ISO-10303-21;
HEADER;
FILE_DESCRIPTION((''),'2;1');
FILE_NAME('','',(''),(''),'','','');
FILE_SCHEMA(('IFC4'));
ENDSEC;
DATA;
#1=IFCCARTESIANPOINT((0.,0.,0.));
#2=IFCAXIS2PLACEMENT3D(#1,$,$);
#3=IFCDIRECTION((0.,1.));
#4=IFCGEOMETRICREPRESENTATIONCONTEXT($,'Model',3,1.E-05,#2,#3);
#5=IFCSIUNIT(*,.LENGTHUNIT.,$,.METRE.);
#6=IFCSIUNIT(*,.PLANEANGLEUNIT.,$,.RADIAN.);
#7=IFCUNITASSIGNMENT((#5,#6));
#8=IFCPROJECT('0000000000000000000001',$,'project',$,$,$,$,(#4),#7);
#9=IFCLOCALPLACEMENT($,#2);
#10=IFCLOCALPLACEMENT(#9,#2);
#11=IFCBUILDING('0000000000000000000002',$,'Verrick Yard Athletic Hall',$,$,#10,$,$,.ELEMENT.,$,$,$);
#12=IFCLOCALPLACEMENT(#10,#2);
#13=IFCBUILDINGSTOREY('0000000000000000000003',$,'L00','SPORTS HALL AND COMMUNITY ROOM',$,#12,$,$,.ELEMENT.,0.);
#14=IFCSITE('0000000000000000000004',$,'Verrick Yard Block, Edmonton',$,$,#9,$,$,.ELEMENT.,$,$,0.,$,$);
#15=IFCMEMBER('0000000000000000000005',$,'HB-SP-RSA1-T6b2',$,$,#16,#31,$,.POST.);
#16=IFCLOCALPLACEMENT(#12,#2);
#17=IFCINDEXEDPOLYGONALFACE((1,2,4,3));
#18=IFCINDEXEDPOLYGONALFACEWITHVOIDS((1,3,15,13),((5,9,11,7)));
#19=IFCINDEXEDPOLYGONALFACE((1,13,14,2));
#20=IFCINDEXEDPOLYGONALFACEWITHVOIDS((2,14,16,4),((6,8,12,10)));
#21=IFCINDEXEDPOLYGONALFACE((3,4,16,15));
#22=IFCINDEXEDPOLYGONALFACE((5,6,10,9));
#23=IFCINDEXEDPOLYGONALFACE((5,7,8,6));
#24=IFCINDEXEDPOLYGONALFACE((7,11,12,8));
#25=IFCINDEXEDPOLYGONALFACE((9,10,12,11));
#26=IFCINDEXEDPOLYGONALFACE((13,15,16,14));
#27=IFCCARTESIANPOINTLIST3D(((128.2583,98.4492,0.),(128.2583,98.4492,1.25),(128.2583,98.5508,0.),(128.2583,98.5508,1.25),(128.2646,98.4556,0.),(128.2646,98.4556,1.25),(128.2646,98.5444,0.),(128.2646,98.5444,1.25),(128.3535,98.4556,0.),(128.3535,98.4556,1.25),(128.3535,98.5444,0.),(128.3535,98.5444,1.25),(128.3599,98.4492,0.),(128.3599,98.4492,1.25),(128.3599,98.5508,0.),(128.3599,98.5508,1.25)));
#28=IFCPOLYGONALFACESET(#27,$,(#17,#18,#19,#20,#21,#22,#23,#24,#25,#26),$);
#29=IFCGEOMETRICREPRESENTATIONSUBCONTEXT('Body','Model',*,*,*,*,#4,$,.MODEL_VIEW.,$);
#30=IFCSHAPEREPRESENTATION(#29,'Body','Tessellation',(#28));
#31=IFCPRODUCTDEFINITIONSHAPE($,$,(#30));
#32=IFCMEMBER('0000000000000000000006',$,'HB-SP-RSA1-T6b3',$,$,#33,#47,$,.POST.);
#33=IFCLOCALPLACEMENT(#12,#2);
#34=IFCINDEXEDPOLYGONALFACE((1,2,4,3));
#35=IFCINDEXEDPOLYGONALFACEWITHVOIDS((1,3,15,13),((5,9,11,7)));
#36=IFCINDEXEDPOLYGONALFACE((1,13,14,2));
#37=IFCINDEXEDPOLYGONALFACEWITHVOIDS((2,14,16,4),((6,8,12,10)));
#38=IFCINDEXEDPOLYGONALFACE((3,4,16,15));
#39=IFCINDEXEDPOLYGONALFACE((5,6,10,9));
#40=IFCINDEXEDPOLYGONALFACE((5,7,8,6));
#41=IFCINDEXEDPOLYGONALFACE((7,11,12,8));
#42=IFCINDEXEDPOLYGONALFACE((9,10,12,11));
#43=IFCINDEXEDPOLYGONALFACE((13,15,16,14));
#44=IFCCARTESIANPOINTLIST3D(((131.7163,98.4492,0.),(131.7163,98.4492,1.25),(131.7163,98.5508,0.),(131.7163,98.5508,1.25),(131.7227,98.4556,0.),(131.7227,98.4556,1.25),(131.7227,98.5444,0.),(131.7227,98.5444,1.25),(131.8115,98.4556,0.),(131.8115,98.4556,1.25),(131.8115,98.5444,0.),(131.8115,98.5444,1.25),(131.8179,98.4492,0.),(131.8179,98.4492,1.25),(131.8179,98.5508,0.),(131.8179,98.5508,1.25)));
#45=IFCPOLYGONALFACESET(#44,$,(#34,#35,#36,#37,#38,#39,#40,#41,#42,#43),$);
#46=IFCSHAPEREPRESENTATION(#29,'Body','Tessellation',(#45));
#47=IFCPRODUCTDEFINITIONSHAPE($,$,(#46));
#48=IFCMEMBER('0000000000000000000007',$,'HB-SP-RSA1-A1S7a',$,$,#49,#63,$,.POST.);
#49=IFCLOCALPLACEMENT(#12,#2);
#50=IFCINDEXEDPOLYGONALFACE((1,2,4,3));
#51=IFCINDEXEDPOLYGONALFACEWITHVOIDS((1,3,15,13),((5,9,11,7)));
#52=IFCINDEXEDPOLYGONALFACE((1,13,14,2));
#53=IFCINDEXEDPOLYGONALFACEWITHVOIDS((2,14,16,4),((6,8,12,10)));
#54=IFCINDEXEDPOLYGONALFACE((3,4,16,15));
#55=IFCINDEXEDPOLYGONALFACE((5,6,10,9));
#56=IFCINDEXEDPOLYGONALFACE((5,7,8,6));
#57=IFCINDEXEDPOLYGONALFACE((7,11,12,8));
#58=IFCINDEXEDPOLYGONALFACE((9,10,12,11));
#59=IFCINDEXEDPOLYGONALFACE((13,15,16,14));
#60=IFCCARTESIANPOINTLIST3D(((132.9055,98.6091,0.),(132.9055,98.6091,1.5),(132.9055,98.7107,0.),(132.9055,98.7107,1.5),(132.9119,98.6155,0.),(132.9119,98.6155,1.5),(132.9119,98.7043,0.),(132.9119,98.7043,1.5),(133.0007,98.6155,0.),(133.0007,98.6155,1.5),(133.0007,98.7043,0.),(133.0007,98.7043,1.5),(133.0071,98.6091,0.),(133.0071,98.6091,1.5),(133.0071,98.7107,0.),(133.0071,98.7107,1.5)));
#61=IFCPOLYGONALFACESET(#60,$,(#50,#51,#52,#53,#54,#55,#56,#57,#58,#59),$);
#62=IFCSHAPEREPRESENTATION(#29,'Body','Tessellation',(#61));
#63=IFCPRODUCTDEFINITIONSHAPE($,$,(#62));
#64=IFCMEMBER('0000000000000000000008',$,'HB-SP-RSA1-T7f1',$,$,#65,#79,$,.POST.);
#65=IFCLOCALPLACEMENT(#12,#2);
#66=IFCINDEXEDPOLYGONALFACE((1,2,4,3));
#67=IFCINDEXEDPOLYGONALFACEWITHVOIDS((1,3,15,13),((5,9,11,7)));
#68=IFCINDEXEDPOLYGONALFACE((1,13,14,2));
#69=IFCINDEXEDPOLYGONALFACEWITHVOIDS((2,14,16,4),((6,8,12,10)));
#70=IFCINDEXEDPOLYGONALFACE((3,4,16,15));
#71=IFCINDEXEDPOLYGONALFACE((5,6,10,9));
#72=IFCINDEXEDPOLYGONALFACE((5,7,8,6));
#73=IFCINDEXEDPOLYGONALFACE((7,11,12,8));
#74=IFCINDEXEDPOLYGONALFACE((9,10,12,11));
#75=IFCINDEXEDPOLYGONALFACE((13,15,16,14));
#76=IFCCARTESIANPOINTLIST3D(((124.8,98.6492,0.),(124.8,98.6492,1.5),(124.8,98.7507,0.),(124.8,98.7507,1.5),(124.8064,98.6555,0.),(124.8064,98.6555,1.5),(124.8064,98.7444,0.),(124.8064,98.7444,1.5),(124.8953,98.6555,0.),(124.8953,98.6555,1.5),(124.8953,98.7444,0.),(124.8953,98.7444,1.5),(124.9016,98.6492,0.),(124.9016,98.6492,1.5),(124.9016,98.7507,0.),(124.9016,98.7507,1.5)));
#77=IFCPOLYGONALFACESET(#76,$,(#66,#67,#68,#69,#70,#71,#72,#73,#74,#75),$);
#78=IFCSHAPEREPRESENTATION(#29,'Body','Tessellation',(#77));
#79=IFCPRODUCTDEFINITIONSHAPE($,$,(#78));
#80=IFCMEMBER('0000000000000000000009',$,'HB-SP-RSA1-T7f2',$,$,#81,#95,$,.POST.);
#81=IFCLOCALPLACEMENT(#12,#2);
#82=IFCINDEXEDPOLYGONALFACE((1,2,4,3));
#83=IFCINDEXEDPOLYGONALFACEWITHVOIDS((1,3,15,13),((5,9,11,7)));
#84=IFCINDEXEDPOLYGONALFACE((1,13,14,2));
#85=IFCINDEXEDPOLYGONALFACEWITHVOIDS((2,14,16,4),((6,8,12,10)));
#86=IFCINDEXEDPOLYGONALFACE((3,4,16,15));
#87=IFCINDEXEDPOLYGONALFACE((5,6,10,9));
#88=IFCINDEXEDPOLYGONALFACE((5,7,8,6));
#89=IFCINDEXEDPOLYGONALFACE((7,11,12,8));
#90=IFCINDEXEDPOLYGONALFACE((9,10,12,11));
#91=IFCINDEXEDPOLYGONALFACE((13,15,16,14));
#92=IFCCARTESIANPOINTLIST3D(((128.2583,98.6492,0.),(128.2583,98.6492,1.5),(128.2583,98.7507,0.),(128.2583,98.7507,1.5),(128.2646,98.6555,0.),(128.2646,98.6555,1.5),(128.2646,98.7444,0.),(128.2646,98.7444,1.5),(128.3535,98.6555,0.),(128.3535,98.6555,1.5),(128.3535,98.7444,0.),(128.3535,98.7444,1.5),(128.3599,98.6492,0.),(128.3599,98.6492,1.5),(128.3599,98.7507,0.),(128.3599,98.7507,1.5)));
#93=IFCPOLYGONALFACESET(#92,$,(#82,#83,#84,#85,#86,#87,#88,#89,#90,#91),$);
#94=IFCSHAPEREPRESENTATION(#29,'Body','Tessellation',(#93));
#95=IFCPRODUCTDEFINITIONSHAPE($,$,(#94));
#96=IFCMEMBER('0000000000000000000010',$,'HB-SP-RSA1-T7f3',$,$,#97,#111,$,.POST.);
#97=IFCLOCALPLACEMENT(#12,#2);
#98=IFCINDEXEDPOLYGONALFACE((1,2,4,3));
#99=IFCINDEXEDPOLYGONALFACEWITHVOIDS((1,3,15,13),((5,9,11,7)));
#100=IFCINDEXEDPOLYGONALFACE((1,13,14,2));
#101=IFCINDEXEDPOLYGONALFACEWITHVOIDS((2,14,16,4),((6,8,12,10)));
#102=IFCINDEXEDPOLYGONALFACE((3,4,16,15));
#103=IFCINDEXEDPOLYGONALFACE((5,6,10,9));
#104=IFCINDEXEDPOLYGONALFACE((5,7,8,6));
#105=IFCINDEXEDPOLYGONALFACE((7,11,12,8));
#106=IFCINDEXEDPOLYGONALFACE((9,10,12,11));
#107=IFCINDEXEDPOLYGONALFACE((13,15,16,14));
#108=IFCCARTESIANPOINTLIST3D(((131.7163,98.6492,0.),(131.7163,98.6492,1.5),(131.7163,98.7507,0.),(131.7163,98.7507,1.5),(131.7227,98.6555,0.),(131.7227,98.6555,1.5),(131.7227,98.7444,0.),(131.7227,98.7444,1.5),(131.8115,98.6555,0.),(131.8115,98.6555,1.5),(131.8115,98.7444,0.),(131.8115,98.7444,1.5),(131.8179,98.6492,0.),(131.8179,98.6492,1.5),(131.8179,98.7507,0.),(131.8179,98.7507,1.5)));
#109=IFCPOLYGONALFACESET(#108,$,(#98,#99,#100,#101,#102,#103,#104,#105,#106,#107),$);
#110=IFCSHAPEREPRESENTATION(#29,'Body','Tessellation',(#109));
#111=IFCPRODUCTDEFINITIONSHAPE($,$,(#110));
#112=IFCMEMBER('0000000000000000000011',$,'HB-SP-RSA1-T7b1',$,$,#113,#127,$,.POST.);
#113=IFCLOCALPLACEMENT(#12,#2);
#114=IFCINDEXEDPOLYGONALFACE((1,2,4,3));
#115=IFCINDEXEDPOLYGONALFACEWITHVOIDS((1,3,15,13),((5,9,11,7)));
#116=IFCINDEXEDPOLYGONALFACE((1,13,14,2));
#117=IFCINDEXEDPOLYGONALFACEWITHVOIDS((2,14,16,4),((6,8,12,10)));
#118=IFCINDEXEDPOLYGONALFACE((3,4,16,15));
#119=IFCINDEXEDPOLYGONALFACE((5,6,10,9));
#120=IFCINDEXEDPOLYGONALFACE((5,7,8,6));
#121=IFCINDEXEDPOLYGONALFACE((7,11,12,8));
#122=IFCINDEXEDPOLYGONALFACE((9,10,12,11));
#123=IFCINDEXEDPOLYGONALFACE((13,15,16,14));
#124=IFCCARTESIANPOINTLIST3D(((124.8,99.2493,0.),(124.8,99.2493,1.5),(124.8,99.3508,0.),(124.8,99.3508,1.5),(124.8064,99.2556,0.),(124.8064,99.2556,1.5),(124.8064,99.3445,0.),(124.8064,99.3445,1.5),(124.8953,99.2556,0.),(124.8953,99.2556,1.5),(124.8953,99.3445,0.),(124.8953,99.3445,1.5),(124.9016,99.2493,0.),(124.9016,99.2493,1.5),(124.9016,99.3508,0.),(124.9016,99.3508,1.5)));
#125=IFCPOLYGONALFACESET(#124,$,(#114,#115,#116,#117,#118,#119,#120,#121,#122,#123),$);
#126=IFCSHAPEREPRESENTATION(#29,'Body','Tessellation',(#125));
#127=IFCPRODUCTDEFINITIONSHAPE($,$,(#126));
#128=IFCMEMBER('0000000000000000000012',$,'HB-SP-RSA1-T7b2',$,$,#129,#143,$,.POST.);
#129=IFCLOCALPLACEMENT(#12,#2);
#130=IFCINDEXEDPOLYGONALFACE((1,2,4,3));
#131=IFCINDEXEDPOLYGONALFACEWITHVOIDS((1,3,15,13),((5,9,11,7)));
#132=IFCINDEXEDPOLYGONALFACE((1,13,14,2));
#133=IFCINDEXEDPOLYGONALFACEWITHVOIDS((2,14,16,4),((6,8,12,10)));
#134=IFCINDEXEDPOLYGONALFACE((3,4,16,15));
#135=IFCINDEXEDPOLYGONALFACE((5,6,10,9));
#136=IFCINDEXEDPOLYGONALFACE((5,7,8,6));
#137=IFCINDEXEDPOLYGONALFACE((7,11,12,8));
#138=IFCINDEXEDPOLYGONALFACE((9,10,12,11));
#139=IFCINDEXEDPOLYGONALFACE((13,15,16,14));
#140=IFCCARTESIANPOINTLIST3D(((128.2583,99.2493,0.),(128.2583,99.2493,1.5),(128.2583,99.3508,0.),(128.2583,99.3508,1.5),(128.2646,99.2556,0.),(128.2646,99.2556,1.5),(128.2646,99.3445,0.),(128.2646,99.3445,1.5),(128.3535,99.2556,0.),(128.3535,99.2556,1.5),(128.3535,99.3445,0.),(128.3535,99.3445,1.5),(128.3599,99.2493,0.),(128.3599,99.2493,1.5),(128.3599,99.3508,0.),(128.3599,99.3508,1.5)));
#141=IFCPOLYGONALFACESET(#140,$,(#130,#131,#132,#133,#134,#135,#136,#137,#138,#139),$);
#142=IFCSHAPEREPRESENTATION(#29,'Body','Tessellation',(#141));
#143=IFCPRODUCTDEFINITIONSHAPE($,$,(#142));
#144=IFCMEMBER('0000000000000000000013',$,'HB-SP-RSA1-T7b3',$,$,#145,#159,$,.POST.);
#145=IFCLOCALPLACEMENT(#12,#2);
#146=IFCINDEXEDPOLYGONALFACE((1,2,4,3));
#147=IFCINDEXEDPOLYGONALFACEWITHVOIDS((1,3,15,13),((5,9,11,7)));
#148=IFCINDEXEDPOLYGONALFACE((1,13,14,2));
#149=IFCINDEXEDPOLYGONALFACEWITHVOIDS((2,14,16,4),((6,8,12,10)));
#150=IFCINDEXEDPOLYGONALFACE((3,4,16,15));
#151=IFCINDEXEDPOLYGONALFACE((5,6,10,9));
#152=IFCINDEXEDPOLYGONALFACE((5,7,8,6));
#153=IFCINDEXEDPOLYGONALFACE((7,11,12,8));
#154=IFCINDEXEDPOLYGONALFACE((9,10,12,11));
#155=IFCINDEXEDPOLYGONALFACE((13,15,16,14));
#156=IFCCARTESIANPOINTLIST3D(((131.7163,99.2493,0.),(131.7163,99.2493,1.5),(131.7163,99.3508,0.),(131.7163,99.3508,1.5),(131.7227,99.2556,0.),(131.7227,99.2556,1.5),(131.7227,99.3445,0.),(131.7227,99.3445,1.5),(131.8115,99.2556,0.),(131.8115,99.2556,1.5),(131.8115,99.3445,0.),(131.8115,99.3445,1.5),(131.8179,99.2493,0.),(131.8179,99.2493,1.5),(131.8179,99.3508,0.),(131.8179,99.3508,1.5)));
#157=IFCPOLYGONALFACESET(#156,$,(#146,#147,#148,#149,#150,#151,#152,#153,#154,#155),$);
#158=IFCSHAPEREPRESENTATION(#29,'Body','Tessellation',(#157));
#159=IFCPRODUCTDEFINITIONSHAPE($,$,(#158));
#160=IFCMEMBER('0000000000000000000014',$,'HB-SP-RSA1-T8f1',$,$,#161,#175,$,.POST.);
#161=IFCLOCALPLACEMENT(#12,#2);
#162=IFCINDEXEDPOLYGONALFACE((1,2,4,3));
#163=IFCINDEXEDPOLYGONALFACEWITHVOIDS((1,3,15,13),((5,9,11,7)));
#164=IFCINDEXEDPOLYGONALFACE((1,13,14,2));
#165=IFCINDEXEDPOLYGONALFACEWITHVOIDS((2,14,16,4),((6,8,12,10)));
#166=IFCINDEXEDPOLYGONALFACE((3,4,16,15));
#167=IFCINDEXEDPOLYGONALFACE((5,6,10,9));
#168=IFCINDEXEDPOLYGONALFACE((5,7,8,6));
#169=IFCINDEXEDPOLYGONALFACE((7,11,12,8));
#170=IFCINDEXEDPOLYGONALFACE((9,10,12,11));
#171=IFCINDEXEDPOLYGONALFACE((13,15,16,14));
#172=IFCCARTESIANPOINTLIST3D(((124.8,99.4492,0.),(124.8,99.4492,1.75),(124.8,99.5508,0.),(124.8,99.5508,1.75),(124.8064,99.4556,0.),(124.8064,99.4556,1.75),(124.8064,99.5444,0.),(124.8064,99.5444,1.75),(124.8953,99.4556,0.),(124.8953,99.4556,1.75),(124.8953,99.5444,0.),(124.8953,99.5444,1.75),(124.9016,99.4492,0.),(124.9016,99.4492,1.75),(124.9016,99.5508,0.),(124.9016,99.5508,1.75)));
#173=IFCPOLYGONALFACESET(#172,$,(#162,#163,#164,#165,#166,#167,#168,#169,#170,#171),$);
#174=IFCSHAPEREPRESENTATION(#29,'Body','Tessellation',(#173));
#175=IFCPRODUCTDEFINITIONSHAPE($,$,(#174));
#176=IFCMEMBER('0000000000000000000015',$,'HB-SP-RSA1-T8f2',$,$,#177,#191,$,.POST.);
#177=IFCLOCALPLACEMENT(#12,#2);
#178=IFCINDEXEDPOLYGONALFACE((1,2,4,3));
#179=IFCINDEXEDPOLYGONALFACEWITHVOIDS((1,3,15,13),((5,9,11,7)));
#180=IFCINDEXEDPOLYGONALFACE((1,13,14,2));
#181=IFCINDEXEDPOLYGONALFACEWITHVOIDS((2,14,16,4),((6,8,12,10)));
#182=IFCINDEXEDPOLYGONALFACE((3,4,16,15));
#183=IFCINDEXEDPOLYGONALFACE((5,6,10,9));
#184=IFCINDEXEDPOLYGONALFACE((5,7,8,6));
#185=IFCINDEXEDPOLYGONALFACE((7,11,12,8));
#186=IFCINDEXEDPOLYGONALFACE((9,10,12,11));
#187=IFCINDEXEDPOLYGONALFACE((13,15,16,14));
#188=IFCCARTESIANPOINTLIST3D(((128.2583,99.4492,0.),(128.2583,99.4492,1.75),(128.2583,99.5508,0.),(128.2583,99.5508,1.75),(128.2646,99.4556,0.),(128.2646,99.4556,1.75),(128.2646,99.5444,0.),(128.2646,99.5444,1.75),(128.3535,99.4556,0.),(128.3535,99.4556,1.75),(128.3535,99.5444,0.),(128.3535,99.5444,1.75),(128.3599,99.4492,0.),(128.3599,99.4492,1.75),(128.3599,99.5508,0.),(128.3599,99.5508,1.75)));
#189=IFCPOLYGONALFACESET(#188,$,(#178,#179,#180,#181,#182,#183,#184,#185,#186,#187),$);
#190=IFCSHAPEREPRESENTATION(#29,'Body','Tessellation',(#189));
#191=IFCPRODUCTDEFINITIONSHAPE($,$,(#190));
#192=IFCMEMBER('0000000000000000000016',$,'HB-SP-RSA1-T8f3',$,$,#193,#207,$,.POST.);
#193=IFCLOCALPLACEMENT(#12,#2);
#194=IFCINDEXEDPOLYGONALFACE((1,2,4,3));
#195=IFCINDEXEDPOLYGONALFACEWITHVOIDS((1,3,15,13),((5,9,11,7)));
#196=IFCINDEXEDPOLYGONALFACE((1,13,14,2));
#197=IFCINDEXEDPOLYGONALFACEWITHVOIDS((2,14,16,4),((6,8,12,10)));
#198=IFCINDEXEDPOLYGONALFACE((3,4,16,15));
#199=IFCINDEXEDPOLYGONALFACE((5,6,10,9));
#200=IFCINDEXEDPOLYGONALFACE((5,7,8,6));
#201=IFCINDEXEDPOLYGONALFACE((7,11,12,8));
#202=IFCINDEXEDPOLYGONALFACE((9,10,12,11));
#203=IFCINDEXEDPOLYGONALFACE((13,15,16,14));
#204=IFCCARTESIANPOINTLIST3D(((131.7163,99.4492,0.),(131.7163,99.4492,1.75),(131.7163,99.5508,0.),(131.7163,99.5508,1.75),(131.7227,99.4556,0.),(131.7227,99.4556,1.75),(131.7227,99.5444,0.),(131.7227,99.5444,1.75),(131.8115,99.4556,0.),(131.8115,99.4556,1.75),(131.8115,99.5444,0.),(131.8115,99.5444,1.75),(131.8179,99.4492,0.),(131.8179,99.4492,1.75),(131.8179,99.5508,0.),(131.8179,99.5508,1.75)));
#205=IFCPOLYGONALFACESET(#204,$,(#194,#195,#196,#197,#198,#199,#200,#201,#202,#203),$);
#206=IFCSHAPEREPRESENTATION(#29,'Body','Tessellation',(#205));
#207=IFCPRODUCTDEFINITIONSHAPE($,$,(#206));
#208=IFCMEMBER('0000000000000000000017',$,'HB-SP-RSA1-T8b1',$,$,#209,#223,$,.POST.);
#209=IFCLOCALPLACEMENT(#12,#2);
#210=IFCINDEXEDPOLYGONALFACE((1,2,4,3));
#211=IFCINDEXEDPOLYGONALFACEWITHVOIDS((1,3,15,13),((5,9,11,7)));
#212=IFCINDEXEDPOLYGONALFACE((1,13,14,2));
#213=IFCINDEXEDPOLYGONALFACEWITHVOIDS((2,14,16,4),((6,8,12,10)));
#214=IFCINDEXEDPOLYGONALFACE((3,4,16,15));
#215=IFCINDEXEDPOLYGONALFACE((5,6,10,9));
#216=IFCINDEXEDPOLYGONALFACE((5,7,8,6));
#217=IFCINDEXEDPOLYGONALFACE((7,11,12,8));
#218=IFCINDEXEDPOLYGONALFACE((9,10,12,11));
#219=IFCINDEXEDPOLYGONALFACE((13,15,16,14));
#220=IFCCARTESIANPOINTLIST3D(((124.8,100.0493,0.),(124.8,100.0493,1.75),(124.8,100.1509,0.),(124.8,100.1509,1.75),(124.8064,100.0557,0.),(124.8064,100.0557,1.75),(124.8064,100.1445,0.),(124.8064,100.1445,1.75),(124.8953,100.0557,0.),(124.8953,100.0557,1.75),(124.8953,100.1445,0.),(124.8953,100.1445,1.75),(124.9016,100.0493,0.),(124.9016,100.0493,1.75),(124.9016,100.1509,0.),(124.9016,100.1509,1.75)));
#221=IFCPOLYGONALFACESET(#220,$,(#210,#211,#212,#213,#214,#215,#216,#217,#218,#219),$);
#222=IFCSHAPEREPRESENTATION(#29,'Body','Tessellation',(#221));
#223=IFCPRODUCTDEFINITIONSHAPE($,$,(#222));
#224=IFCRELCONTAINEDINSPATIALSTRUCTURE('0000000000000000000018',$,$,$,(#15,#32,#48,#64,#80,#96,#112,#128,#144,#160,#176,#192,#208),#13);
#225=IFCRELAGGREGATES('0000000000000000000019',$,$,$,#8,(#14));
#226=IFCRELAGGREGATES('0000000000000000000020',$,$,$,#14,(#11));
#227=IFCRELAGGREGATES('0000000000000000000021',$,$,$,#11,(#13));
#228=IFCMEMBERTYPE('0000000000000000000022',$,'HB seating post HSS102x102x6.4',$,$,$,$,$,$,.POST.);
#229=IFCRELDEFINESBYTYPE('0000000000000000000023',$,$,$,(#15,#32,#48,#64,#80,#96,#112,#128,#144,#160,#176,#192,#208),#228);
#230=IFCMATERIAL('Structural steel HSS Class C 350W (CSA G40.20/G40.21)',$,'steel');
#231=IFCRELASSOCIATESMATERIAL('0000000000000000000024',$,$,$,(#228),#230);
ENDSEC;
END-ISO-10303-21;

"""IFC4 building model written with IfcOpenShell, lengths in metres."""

from ifc_helpers import new_model, si_unit, direction, frame, origin, origin_2d, place, context, subcontext, project, spatial, hollow_rectangle, extrude, material, material_profile, profile_set, type_object, element, save


model = new_model("IFC4")

# Units and contexts
model_context = context("Model", 3, precision=1e-05, world=origin(), true_north=direction((0.0, 1.0)))
body_context = subcontext(model_context, "Body", "Model", "MODEL_VIEW")
ifc_project = project(units=[si_unit("LENGTHUNIT", "METRE"), si_unit("PLANEANGLEUNIT", "RADIAN")], contexts=[model_context])

# Site, building, storey
site_placement = place(None, origin())
site = spatial("IfcSite", under=ifc_project, at=site_placement, Name="Verrick Yard Block, Edmonton", CompositionType="ELEMENT", RefElevation=0.0)
building_placement = place(site_placement, origin())
building = spatial("IfcBuilding", under=site, at=building_placement, Name="Verrick Yard Athletic Hall", CompositionType="ELEMENT")
storey_placement = place(building_placement, origin())
storey = spatial("IfcBuildingStorey", under=building, at=storey_placement, Name="L00", Description="SPORTS HALL AND COMMUNITY ROOM", CompositionType="ELEMENT", Elevation=0.0)

# Members
ifc_material_1 = material(Name="Structural steel HSS Class C 350W (CSA G40.20/G40.21)", Category="steel")
ifc_material_profile_1 = material_profile(ifc_material_1, hollow_rectangle(XDim=0.1016, YDim=0.1016, WallThickness=0.0063, at=origin_2d()), Name="HSS102x102x6.4")
ifc_profile_set_1 = profile_set([ifc_material_profile_1], Name="Structural steel HSS Class C 350W (CSA G40.20/G40.21)")
member_type_1 = type_object("IfcMemberType", Name="HB seating post HSS102x102x6.4", PredefinedType="POST", material=ifc_profile_set_1)
for number, where, z_axis, x_axis, name in (
    (1, (128.3091, 98.5, 0.0), (0.0, 0.0, 1.0), (0.0, 1.0, 0.0), "HB-SP-RSA1-T6b2"),
    (2, (131.7671, 98.5, 0.0), (0.0, 0.0, 1.0), (0.0, 1.0, 0.0), "HB-SP-RSA1-T6b3"),
):
    element("IfcMember", number, at=place(storey_placement, frame(where, z_axis=z_axis, x_axis=x_axis)), inside=storey, type_object=member_type_1, Name=name, PredefinedType="POST", context=body_context, shape_type="SweptSolid", body=[
        extrude(hollow_rectangle(XDim=0.1016, YDim=0.1016, WallThickness=0.0063, at=origin_2d()), origin(), (0.0, 0.0, 1.0), 1.25),
    ])
for number, where, z_axis, x_axis, name in (
    (3, (132.9563, 98.6599, 0.0), (0.0, 0.0, 1.0), (0.0, 1.0, 0.0), "HB-SP-RSA1-A1S7a"),
    (4, (124.8508, 98.7, 0.0), (0.0, 0.0, 1.0), (0.0, 1.0, 0.0), "HB-SP-RSA1-T7f1"),
    (5, (128.3091, 98.7, 0.0), (0.0, 0.0, 1.0), (0.0, 1.0, 0.0), "HB-SP-RSA1-T7f2"),
    (6, (131.7671, 98.7, 0.0), (0.0, 0.0, 1.0), (0.0, 1.0, 0.0), "HB-SP-RSA1-T7f3"),
    (7, (124.8508, 99.3, 0.0), (0.0, 0.0, 1.0), (0.0, 1.0, 0.0), "HB-SP-RSA1-T7b1"),
    (8, (128.3091, 99.3, 0.0), (0.0, 0.0, 1.0), (0.0, 1.0, 0.0), "HB-SP-RSA1-T7b2"),
    (9, (131.7671, 99.3, 0.0), (0.0, 0.0, 1.0), (0.0, 1.0, 0.0), "HB-SP-RSA1-T7b3"),
):
    element("IfcMember", number, at=place(storey_placement, frame(where, z_axis=z_axis, x_axis=x_axis)), inside=storey, type_object=member_type_1, Name=name, PredefinedType="POST", context=body_context, shape_type="SweptSolid", body=[
        extrude(hollow_rectangle(XDim=0.1016, YDim=0.1016, WallThickness=0.0063, at=origin_2d()), origin(), (0.0, 0.0, 1.0), 1.5),
    ])
for number, where, z_axis, x_axis, name in (
    (10, (124.8508, 99.5, 0.0), (0.0, 0.0, 1.0), (0.0, 1.0, 0.0), "HB-SP-RSA1-T8f1"),
    (11, (128.3091, 99.5, 0.0), (0.0, 0.0, 1.0), (0.0, 1.0, 0.0), "HB-SP-RSA1-T8f2"),
    (12, (131.7671, 99.5, 0.0), (0.0, 0.0, 1.0), (0.0, 1.0, 0.0), "HB-SP-RSA1-T8f3"),
    (13, (124.8508, 100.1001, 0.0), (0.0, 0.0, 1.0), (0.0, 1.0, 0.0), "HB-SP-RSA1-T8b1"),
):
    element("IfcMember", number, at=place(storey_placement, frame(where, z_axis=z_axis, x_axis=x_axis)), inside=storey, type_object=member_type_1, Name=name, PredefinedType="POST", context=body_context, shape_type="SweptSolid", body=[
        extrude(hollow_rectangle(XDim=0.1016, YDim=0.1016, WallThickness=0.0063, at=origin_2d()), origin(), (0.0, 0.0, 1.0), 1.75),
    ])

save(model, "model.ifc")
